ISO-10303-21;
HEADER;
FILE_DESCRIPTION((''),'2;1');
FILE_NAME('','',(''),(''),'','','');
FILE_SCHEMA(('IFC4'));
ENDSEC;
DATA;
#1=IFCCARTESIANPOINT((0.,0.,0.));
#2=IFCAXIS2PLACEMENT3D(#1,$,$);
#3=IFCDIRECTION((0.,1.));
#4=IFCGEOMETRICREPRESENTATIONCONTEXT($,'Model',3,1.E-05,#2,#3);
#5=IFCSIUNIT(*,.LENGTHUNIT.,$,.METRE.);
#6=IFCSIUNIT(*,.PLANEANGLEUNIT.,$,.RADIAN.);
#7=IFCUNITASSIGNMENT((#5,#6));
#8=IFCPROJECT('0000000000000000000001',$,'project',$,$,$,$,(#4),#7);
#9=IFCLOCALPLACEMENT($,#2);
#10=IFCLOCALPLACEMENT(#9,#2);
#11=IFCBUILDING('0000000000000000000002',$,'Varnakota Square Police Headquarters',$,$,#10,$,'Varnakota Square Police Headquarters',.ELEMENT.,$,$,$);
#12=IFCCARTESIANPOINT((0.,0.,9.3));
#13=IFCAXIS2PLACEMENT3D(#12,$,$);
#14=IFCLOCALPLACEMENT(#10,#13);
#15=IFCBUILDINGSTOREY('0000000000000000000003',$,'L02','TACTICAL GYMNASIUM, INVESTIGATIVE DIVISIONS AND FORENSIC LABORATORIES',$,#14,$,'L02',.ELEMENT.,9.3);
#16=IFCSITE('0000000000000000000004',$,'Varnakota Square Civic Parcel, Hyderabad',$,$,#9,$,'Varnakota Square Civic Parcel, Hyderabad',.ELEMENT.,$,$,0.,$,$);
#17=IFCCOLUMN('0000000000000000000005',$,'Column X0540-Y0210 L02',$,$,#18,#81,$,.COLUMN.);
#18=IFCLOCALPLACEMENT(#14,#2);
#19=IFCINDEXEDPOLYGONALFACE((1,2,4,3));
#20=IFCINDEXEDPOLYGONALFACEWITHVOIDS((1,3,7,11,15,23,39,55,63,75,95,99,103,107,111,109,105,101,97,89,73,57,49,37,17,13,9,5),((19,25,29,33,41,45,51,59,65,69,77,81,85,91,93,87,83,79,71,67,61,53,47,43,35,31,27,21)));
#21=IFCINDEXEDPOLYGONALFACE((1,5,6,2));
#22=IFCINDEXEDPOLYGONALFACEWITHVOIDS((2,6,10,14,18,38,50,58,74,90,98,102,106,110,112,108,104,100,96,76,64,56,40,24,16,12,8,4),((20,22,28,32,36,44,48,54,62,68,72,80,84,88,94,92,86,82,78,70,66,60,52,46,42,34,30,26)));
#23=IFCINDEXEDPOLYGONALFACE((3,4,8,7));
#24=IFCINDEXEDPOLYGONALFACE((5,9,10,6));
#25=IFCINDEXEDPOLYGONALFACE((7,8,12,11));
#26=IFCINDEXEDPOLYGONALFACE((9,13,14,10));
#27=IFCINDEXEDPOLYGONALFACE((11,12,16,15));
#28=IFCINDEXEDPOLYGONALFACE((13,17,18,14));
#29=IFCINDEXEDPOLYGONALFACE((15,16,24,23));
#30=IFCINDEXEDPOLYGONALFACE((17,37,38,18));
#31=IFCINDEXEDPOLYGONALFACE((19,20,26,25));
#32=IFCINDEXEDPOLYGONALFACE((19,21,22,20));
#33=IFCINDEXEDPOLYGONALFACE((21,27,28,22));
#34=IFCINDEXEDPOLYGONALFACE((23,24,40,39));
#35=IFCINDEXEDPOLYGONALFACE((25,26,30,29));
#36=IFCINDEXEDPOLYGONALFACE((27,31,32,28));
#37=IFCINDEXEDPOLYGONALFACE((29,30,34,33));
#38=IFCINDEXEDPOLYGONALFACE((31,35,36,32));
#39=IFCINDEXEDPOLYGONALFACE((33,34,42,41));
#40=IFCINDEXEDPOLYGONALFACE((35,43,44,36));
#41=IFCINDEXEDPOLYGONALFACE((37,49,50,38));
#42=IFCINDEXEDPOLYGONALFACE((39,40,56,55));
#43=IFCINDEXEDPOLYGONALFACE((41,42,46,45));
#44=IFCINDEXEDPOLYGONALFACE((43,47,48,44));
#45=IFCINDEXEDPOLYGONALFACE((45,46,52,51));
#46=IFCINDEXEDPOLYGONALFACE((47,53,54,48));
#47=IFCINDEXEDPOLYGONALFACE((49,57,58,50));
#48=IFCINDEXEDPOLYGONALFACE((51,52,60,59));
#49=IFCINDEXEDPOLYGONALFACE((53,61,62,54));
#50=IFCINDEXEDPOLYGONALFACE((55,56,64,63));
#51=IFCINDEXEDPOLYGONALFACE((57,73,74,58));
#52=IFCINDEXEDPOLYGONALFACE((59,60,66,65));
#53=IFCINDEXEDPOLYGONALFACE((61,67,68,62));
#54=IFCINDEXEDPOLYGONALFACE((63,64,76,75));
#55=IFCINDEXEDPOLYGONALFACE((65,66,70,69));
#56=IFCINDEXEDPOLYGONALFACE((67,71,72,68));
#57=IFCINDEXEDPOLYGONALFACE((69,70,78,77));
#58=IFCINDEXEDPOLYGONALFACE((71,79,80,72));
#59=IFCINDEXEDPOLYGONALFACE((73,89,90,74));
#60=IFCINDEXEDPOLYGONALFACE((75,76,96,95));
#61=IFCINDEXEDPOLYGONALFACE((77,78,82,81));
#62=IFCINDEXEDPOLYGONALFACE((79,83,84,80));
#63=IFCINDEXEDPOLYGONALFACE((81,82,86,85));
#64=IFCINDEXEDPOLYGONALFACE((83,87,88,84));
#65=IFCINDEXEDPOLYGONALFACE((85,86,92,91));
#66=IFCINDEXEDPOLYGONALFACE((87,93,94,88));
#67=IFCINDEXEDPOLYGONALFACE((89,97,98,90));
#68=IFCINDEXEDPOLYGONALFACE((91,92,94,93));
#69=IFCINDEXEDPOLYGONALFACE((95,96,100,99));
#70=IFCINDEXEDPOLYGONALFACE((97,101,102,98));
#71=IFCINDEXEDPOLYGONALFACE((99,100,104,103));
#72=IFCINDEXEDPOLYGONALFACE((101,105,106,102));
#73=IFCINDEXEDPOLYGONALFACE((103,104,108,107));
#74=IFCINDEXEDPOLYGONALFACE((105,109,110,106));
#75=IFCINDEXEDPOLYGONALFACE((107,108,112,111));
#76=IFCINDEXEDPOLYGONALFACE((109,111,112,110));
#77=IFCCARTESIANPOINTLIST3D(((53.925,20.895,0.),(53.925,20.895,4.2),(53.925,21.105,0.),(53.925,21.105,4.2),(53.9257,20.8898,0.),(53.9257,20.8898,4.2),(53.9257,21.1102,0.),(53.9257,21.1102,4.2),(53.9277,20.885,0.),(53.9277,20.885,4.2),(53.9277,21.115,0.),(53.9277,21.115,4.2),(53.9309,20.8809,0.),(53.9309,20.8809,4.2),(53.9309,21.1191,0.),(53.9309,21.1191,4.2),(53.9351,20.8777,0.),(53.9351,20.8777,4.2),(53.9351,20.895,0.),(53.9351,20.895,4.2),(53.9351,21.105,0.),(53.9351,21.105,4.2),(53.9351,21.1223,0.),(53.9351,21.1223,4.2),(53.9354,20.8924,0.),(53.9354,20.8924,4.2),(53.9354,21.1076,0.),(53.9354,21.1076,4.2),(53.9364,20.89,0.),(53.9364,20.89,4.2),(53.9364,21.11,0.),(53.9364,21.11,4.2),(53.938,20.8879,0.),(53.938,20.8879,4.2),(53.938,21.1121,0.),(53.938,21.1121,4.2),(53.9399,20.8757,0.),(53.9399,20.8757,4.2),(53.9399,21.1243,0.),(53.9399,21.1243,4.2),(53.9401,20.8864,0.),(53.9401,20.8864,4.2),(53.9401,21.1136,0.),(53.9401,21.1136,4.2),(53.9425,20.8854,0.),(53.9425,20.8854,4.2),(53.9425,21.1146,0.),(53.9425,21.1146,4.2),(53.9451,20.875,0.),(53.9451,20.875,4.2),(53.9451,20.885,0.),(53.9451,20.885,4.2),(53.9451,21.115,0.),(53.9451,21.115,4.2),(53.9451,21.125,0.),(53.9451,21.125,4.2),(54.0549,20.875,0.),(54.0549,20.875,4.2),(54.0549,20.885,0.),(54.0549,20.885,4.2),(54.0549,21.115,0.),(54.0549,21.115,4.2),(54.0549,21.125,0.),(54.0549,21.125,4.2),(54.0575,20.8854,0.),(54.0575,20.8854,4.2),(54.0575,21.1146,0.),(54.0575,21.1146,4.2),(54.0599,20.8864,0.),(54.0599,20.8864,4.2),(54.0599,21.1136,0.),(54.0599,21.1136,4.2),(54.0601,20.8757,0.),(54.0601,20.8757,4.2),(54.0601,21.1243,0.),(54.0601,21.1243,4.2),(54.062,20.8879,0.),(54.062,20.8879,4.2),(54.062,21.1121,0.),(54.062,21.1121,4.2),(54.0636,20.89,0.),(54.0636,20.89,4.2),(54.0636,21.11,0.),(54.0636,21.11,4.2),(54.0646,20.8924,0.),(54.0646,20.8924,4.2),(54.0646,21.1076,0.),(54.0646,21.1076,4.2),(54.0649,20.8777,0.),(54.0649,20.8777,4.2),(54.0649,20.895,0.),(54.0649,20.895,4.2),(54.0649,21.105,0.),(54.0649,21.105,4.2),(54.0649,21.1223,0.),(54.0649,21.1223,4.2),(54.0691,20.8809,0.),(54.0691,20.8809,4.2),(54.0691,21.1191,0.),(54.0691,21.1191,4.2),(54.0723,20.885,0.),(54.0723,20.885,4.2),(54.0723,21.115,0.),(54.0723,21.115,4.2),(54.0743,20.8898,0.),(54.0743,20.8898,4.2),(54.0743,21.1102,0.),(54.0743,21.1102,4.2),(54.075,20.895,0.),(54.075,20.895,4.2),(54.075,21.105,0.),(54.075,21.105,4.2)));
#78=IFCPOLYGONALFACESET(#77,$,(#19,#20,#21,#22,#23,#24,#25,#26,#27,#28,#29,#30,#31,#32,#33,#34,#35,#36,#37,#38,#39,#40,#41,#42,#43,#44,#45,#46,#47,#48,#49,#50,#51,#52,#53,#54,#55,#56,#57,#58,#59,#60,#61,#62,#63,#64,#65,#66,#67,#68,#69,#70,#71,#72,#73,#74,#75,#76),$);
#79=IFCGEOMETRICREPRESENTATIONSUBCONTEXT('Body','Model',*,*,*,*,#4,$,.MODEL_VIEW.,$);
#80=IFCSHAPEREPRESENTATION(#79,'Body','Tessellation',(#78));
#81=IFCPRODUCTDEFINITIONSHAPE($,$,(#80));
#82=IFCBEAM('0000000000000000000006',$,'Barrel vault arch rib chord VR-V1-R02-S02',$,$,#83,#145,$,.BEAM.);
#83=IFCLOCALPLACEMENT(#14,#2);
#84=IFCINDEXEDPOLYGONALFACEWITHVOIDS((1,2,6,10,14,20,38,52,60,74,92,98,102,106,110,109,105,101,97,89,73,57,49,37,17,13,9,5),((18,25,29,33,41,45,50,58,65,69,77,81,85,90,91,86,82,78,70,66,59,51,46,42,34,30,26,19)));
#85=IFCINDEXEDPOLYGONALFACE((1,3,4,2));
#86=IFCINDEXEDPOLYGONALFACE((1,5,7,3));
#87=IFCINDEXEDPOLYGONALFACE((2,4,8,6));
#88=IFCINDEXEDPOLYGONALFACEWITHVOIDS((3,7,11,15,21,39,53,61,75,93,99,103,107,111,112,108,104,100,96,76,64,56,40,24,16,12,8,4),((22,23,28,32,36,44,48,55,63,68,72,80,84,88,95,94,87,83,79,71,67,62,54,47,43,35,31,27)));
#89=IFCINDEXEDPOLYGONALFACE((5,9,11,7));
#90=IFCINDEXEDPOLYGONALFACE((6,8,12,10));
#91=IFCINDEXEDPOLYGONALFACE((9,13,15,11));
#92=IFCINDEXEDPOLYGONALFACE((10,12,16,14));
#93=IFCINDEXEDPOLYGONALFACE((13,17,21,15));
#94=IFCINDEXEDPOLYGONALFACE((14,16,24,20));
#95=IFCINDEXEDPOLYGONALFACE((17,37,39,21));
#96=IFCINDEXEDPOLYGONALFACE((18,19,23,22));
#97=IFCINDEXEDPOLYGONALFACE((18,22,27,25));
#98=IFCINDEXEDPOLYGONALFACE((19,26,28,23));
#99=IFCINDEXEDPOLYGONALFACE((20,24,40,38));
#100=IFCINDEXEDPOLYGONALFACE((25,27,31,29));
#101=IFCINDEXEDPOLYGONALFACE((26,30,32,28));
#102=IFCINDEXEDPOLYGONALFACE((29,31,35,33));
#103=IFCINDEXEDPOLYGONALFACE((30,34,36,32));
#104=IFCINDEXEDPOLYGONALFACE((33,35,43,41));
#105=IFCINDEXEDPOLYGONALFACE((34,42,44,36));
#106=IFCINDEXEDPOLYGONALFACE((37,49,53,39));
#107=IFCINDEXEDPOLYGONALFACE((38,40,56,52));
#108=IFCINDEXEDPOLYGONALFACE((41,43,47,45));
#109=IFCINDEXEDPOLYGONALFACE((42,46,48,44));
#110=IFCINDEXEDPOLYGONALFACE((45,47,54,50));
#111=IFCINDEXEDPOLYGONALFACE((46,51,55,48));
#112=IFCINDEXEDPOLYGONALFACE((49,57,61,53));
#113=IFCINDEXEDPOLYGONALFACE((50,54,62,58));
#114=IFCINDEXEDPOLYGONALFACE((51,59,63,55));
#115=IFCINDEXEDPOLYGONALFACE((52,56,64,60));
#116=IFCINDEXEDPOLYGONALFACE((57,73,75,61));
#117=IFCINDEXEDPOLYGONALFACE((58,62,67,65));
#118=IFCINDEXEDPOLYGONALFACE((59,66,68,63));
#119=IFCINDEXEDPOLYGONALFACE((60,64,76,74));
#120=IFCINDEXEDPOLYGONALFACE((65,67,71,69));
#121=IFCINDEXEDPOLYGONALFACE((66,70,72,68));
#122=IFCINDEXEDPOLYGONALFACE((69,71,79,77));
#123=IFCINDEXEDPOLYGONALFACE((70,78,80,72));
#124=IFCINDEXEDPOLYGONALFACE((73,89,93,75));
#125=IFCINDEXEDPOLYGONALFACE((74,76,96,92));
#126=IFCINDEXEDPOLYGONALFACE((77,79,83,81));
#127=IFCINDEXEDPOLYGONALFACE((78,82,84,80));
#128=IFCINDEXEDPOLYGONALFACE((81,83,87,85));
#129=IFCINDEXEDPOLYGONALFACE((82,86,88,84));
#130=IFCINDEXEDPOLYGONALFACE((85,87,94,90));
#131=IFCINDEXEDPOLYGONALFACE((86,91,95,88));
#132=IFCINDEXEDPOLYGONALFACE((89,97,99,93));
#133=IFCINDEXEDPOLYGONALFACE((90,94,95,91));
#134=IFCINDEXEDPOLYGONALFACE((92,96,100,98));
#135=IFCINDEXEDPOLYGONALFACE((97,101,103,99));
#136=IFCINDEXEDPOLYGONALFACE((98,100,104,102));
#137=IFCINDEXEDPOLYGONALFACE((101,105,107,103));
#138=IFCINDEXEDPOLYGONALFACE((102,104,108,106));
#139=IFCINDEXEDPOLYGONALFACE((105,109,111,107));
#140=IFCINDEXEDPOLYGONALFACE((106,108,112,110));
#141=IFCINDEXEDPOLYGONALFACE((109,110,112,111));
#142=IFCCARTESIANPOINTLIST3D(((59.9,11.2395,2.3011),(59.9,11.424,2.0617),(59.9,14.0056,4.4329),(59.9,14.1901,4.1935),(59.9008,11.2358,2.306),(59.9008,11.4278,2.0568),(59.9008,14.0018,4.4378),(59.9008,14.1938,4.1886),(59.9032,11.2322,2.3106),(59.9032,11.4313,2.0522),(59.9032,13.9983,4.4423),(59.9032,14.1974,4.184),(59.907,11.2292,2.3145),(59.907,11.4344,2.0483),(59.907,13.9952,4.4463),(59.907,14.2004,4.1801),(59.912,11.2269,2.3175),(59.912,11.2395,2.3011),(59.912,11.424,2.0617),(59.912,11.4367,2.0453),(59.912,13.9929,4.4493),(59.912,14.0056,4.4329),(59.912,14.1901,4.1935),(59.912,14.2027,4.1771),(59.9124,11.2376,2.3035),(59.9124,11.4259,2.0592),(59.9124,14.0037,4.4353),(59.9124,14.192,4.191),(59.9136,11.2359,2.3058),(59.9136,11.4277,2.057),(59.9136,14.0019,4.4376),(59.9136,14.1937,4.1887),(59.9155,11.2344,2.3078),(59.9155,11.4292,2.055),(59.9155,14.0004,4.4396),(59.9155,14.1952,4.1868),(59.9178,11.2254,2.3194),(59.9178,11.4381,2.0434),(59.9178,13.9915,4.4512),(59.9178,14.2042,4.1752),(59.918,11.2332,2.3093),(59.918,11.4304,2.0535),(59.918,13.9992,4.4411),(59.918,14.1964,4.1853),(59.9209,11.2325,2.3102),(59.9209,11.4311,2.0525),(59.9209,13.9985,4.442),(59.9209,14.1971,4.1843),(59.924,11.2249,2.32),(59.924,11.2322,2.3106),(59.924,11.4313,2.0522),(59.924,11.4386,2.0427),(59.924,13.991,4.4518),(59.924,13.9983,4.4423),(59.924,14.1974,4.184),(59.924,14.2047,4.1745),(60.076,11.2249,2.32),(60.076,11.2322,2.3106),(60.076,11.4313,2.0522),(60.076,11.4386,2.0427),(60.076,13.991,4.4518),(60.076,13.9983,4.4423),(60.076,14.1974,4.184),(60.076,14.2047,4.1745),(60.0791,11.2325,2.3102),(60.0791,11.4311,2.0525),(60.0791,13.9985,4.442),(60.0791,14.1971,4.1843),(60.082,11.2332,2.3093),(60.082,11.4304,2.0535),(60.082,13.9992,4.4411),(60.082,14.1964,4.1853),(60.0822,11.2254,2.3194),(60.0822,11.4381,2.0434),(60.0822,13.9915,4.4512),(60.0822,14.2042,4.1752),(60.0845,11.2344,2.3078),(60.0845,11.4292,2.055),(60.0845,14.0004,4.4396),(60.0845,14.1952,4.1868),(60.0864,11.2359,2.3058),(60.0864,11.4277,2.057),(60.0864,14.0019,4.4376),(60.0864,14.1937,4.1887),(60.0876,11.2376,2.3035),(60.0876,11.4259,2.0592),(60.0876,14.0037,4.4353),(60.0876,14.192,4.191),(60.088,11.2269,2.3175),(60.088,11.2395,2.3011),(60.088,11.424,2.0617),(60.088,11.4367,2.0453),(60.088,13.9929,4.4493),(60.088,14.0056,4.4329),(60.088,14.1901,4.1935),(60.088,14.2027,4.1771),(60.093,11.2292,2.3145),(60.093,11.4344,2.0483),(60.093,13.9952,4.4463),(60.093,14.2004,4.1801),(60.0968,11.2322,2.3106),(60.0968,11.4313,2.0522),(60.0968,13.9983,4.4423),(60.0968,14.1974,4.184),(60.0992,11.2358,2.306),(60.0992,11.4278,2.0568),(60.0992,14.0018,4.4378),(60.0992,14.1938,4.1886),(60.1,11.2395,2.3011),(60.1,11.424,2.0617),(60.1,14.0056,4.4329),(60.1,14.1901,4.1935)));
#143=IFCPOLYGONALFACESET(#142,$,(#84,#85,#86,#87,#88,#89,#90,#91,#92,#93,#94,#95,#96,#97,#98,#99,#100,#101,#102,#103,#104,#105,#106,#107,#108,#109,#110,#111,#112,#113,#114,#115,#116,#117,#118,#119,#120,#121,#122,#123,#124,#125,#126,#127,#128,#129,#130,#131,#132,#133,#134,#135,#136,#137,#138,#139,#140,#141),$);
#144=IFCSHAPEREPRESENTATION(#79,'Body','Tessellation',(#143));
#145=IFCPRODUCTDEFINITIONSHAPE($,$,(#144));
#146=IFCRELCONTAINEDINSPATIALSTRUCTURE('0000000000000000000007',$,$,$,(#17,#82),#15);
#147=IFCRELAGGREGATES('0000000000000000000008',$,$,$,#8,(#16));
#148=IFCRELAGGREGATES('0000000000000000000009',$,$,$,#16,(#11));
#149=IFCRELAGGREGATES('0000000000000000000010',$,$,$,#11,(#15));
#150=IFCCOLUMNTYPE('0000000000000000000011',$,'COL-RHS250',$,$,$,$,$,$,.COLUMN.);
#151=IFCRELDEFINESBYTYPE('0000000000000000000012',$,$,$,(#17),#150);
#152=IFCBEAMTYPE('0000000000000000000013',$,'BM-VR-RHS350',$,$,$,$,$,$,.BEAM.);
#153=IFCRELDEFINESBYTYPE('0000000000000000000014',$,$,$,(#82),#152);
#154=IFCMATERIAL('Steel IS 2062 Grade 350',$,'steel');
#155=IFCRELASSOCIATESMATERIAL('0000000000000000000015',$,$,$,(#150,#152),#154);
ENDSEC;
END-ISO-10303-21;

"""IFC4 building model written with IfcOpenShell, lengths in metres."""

from ifc_helpers import new_model, si_unit, direction, frame, origin, origin_2d, place, context, subcontext, project, spatial, hollow_rectangle, extrude, material, material_profile, profile_set, type_object, element, save


model = new_model("IFC4")

# Units and contexts
model_context = context("Model", 3, precision=1e-05, world=origin(), true_north=direction((0.0, 1.0)))
body_context = subcontext(model_context, "Body", "Model", "MODEL_VIEW")
ifc_project = project(units=[si_unit("LENGTHUNIT", "METRE"), si_unit("PLANEANGLEUNIT", "RADIAN")], contexts=[model_context])

# Site, building, storey
site_placement = place(None, origin())
site = spatial("IfcSite", under=ifc_project, at=site_placement, Name="Varnakota Square Civic Parcel, Hyderabad", LongName="Varnakota Square Civic Parcel, Hyderabad", CompositionType="ELEMENT", RefElevation=0.0)
building_placement = place(site_placement, origin())
building = spatial("IfcBuilding", under=site, at=building_placement, Name="Varnakota Square Police Headquarters", LongName="Varnakota Square Police Headquarters", CompositionType="ELEMENT")
storey_placement = place(building_placement, frame((0.0, 0.0, 9.3)))
storey = spatial("IfcBuildingStorey", under=building, at=storey_placement, Name="L02", Description="TACTICAL GYMNASIUM, INVESTIGATIVE DIVISIONS AND FORENSIC LABORATORIES", LongName="L02", CompositionType="ELEMENT", Elevation=9.3)

# Column
ifc_material_1 = material(Name="Steel IS 2062 Grade 350", Category="steel")
ifc_material_profile_1 = material_profile(ifc_material_1, hollow_rectangle(XDim=0.1499, YDim=0.25, WallThickness=0.01, InnerFilletRadius=0.01, OuterFilletRadius=0.02, at=origin_2d()), Name="RHS 250x150x10")
ifc_profile_set_1 = profile_set([ifc_material_profile_1], Name="Steel IS 2062 Grade 350")
column_type = type_object("IfcColumnType", Name="COL-RHS250", PredefinedType="COLUMN", material=ifc_profile_set_1)
column_placement = place(storey_placement, frame((54.0, 21.0, 0.0), z_axis=(0.0, 0.0, 1.0), x_axis=(1.0, 0.0, 0.0)))
element("IfcColumn", 1, at=column_placement, inside=storey, type_object=column_type, Name="Column X0540-Y0210 L02", PredefinedType="COLUMN", context=body_context, shape_type="SweptSolid", body=[
    extrude(hollow_rectangle(XDim=0.1499, YDim=0.25, WallThickness=0.01, InnerFilletRadius=0.01, OuterFilletRadius=0.02, at=origin_2d()), origin(), (0.0, 0.0, 1.0), 4.2),
])

# Beam
ifc_material_profile_2 = material_profile(ifc_material_1, hollow_rectangle(XDim=0.2, YDim=0.3501, WallThickness=0.012, InnerFilletRadius=0.012, OuterFilletRadius=0.0239, at=origin_2d()), Name="RHS 350x200x12")
ifc_profile_set_2 = profile_set([ifc_material_profile_2], Name="Steel IS 2062 Grade 350")
beam_type = type_object("IfcBeamType", Name="BM-VR-RHS350", PredefinedType="BEAM", material=ifc_profile_set_2)
for number, where, z_axis, x_axis, name in (
    (2, (60.0, 11.3318, 2.1814), (0.0, 0.792062, 0.61044), (-1.0, 0.0, 0.0), "Barrel vault arch rib chord VR-V1-R02-S02"),
):
    element("IfcBeam", number, at=place(storey_placement, frame(where, z_axis=z_axis, x_axis=x_axis)), inside=storey, type_object=beam_type, Name=name, PredefinedType="BEAM", context=body_context, shape_type="SweptSolid", body=[
        extrude(hollow_rectangle(XDim=0.2, YDim=0.3501, WallThickness=0.012, InnerFilletRadius=0.012, OuterFilletRadius=0.0239, at=origin_2d()), origin(), (0.0, 0.0, 1.0), 3.4922),
    ])

save(model, "model.ifc")
